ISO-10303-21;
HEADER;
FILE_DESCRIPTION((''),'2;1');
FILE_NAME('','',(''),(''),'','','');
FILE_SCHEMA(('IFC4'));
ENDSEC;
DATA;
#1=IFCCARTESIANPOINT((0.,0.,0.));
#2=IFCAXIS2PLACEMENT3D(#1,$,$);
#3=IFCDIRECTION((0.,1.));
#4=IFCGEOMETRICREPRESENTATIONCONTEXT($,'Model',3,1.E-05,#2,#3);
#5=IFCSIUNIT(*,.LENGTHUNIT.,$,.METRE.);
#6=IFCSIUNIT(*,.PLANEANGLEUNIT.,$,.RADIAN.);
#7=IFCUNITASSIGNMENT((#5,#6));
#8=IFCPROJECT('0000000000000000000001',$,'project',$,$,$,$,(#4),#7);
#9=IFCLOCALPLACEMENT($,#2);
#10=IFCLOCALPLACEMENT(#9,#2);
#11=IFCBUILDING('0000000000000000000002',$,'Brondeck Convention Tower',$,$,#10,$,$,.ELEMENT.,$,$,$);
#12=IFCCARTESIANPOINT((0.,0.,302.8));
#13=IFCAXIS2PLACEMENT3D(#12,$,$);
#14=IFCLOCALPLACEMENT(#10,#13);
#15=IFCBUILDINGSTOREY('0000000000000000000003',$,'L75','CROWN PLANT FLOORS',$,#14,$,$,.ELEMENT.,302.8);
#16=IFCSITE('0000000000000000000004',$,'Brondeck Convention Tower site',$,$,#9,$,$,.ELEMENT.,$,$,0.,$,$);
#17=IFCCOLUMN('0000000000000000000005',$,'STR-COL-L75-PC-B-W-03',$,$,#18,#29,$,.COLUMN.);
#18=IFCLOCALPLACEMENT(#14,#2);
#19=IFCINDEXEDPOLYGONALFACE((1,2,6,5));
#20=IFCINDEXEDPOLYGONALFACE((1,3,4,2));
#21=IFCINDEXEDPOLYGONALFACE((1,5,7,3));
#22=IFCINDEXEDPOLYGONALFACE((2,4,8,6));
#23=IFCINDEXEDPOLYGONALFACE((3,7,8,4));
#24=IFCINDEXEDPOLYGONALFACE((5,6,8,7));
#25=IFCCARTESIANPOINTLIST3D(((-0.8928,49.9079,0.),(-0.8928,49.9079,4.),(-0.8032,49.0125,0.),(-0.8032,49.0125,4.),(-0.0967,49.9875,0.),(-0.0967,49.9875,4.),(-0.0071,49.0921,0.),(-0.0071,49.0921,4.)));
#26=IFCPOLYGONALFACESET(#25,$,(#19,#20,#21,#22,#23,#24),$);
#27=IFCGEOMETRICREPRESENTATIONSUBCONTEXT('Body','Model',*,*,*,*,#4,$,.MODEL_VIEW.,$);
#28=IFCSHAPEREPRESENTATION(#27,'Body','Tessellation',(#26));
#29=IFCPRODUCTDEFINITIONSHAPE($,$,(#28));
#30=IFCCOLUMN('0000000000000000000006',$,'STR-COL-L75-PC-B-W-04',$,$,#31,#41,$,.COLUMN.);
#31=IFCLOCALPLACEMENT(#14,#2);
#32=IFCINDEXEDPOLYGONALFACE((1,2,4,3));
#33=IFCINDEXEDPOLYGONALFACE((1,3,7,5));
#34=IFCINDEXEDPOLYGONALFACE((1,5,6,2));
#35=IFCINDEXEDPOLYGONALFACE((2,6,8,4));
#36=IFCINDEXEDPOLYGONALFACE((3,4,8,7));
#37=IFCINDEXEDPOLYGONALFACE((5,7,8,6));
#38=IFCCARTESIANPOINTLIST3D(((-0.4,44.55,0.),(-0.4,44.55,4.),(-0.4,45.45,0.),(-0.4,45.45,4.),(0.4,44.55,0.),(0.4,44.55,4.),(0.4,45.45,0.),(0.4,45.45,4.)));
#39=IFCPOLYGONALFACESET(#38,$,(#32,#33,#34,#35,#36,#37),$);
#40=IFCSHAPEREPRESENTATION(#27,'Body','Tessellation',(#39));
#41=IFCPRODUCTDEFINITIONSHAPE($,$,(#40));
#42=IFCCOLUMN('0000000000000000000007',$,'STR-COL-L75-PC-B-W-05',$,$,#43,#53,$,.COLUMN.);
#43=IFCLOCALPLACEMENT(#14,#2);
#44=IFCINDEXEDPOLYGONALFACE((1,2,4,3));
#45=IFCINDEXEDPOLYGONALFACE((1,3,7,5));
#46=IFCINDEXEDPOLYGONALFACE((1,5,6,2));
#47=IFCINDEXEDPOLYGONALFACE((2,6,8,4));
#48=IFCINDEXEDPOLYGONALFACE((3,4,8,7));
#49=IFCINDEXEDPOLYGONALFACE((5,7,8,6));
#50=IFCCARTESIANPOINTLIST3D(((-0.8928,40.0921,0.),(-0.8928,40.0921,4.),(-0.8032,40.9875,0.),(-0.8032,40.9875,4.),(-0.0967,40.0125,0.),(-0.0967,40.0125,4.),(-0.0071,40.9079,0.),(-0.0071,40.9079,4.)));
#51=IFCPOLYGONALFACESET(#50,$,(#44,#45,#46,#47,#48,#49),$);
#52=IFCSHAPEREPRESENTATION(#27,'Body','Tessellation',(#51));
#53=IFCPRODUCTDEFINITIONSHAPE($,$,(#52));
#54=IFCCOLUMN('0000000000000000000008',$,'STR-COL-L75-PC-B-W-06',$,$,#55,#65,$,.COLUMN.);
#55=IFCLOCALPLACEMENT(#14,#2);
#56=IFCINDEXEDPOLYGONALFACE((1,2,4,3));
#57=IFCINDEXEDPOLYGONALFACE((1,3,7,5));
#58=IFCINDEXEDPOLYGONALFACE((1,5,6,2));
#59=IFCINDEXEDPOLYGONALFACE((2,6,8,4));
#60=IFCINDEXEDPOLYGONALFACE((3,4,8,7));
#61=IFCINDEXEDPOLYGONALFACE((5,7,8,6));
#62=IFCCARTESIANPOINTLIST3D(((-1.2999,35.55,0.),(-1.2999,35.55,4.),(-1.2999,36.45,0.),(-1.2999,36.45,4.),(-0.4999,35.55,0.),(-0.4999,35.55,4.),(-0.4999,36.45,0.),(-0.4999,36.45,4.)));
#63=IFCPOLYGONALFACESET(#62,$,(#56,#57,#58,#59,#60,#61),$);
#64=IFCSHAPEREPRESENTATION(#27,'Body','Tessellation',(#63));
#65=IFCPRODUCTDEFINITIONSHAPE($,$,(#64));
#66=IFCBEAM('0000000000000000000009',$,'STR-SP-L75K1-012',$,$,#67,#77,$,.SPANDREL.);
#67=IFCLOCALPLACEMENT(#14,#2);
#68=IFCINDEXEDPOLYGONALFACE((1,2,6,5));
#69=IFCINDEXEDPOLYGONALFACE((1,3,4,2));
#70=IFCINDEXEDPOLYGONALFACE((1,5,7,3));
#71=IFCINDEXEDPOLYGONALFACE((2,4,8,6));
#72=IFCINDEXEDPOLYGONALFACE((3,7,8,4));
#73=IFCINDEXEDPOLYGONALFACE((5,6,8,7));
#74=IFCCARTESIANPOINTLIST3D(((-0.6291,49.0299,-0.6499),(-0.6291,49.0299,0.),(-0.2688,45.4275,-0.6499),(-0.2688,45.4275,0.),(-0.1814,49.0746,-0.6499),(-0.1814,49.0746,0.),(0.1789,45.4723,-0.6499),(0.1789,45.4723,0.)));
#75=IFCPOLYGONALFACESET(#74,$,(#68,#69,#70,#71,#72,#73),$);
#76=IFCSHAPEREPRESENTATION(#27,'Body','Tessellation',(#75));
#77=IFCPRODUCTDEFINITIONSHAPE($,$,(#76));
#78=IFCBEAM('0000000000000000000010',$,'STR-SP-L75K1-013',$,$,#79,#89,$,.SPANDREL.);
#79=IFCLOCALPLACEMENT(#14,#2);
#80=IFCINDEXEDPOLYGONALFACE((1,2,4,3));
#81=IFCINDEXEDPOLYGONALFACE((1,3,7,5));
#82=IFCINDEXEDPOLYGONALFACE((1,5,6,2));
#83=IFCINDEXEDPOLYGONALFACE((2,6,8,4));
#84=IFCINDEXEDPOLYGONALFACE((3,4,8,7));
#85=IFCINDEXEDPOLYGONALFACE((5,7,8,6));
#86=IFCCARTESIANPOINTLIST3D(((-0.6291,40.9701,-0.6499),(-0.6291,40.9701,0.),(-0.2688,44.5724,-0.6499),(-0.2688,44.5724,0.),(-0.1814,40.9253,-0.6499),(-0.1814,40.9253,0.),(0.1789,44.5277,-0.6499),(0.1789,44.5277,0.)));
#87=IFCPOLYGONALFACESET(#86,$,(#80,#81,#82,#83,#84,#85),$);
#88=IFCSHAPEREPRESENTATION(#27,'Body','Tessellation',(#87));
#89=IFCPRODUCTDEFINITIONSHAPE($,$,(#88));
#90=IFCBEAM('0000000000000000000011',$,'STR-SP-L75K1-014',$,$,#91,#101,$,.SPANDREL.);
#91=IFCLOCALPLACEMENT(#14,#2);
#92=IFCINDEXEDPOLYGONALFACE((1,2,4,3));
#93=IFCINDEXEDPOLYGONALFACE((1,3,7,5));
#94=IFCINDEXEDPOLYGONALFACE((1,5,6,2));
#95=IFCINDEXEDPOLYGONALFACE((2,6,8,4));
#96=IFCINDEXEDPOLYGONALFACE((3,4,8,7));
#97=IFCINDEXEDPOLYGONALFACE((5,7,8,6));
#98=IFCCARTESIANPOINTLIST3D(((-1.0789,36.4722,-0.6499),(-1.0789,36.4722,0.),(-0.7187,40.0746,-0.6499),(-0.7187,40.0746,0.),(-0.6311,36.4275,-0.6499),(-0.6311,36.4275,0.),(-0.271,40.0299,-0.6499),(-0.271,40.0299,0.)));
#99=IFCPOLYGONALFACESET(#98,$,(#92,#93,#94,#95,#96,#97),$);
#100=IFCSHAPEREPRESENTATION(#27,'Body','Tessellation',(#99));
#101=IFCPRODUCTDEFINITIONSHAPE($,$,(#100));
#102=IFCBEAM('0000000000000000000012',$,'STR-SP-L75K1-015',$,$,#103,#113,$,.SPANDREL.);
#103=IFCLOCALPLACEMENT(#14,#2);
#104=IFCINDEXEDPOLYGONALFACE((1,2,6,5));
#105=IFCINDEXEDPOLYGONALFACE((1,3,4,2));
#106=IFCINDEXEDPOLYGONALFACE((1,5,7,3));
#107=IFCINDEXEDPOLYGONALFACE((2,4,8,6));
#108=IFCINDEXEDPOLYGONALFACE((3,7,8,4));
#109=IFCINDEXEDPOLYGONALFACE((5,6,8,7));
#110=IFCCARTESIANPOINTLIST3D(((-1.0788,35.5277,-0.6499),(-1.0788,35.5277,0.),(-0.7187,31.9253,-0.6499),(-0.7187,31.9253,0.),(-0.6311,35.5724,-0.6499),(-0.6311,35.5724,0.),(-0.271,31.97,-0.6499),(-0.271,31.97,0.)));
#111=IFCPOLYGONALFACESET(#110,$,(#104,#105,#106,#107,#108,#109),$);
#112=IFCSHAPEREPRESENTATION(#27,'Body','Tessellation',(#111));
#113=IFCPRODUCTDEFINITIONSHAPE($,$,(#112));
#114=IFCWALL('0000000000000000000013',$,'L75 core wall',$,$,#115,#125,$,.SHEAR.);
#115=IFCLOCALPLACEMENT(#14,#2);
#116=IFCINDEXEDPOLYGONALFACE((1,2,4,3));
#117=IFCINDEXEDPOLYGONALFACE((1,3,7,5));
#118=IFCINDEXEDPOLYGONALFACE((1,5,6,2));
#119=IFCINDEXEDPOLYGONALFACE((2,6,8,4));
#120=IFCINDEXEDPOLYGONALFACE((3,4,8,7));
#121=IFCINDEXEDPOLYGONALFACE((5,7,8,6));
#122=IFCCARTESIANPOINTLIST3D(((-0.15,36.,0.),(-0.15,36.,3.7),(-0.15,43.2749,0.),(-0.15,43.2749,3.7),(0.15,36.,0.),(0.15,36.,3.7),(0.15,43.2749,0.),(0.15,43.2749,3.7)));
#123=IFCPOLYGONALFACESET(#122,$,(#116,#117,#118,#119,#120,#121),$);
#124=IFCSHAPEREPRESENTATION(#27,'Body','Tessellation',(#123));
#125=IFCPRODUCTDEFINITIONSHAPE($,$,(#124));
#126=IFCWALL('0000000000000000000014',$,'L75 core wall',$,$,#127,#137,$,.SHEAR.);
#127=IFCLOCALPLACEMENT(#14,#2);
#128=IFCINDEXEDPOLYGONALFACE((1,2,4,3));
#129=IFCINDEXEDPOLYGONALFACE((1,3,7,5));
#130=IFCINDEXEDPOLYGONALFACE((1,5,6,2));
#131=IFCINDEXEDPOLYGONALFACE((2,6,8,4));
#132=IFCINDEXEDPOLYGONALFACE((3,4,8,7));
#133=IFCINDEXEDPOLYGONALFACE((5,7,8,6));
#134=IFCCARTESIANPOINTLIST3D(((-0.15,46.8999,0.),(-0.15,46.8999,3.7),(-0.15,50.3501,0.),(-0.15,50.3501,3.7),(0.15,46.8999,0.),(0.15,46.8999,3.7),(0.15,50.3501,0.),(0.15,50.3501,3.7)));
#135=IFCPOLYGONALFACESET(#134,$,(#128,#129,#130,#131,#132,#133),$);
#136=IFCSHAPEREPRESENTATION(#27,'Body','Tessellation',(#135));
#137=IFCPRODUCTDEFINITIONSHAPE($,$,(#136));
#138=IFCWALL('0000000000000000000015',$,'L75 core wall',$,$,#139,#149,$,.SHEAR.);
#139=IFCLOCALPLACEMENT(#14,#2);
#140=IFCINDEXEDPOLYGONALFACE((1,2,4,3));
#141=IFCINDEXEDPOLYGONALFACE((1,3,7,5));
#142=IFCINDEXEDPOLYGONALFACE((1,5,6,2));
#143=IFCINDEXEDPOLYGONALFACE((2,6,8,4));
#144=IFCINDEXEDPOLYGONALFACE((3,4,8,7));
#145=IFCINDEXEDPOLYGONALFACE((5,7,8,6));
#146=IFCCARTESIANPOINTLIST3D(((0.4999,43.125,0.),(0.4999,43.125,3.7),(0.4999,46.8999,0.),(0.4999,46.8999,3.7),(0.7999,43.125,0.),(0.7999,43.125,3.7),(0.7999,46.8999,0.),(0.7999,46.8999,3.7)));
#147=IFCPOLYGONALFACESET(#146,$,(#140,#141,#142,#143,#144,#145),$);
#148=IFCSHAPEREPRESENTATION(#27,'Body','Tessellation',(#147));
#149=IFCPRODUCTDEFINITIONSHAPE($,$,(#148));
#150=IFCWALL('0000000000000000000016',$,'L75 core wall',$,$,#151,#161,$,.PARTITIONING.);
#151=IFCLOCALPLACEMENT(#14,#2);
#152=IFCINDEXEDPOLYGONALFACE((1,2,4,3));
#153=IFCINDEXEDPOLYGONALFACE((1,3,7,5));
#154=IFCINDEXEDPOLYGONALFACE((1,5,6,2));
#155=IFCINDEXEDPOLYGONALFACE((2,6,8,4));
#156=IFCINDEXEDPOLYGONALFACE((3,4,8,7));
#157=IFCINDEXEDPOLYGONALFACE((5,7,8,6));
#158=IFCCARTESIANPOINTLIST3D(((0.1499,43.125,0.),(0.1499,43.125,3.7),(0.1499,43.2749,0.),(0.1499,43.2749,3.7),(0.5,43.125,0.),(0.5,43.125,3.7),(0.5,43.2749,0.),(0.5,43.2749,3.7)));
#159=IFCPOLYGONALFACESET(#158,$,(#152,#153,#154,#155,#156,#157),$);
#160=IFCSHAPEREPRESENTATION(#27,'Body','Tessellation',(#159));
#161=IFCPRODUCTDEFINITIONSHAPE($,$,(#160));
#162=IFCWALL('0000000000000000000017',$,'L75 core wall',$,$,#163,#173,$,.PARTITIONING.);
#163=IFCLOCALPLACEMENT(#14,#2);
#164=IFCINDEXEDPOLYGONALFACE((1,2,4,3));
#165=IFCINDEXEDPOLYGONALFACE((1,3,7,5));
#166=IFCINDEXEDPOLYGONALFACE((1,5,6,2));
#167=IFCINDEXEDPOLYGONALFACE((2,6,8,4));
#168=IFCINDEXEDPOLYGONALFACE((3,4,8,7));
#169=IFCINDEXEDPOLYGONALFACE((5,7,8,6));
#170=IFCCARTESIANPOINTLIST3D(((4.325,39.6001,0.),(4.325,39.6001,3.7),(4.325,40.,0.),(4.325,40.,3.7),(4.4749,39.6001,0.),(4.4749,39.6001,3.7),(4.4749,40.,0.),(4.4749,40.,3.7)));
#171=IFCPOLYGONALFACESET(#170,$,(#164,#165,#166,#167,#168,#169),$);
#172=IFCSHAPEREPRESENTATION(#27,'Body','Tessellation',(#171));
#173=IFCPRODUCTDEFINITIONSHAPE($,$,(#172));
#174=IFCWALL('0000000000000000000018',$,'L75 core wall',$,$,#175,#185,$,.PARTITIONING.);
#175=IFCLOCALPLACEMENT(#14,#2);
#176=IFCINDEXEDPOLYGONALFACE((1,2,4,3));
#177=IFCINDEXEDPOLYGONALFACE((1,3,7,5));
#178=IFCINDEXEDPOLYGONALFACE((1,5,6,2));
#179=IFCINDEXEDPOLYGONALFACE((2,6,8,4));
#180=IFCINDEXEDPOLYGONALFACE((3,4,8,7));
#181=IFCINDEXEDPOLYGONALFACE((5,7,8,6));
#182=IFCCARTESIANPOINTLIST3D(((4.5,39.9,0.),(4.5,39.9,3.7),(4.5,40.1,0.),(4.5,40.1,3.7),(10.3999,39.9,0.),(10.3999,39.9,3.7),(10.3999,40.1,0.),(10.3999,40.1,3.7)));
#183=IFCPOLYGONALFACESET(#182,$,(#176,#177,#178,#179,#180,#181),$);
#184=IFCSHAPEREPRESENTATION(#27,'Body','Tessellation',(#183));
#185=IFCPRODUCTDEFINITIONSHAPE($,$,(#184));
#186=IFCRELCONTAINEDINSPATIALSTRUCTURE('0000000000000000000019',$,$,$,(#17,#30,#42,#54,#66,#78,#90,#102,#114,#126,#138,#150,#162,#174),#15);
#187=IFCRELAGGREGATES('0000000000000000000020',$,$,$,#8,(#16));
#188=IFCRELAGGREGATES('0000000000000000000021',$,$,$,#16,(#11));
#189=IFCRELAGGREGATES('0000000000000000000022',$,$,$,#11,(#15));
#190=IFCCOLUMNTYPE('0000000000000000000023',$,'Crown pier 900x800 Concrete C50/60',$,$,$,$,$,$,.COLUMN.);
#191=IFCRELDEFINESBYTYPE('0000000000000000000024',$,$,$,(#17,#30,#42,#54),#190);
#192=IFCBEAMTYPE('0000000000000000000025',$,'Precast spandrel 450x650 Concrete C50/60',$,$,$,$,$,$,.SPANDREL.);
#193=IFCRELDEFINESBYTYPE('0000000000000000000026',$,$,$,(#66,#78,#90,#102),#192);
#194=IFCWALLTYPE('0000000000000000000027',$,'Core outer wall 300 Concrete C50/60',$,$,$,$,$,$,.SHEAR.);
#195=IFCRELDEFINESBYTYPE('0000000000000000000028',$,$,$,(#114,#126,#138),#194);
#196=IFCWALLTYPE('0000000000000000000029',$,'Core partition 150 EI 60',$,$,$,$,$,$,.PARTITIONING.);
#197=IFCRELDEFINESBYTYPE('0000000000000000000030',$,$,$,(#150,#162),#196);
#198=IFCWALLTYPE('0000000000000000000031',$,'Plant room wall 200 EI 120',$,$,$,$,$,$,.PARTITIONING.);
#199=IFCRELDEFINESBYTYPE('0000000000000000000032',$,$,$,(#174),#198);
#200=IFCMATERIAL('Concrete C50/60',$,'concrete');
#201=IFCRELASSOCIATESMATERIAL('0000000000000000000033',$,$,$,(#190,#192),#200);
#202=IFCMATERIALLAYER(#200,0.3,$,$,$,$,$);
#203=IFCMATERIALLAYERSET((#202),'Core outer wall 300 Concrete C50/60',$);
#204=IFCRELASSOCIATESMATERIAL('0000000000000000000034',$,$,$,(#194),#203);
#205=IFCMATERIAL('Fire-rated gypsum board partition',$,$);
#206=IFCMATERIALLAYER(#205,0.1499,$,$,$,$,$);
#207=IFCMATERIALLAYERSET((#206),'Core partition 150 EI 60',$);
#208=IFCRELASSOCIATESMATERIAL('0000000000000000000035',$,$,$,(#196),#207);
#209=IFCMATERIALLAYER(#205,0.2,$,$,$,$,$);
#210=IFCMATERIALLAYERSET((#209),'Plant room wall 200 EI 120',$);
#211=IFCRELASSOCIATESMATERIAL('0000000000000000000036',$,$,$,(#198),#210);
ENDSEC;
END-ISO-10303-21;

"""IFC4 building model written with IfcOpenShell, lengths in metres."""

from ifc_helpers import new_model, si_unit, direction, frame, frame_2d, origin, origin_2d, place, context, subcontext, project, spatial, rectangle, extrude, material, layer, layer_set, material_profile, profile_set, type_object, element, save


model = new_model("IFC4")

# Units and contexts
model_context = context("Model", 3, precision=1e-05, world=origin(), true_north=direction((0.0, 1.0)))
body_context = subcontext(model_context, "Body", "Model", "MODEL_VIEW")
ifc_project = project(units=[si_unit("LENGTHUNIT", "METRE"), si_unit("PLANEANGLEUNIT", "RADIAN")], contexts=[model_context])

# Site, building, storey
site_placement = place(None, origin())
site = spatial("IfcSite", under=ifc_project, at=site_placement, Name="Brondeck Convention Tower site", CompositionType="ELEMENT", RefElevation=0.0)
building_placement = place(site_placement, origin())
building = spatial("IfcBuilding", under=site, at=building_placement, Name="Brondeck Convention Tower", CompositionType="ELEMENT")
storey_placement = place(building_placement, frame((0.0, 0.0, 302.8)))
storey = spatial("IfcBuildingStorey", under=building, at=storey_placement, Name="L75", Description="CROWN PLANT FLOORS", CompositionType="ELEMENT", Elevation=302.8)

# Columns
ifc_material_1 = material(Name="Concrete C50/60", Category="concrete")
ifc_material_profile_1 = material_profile(ifc_material_1, rectangle(XDim=0.8999, YDim=0.8, at=origin_2d()), Name="Crown pier 900x800 Concrete C50/60")
ifc_profile_set_1 = profile_set([ifc_material_profile_1], Name="Concrete C50/60")
column_type = type_object("IfcColumnType", Name="Crown pier 900x800 Concrete C50/60", PredefinedType="COLUMN", material=ifc_profile_set_1)
for number, where, z_axis, x_axis, name in (
    (1, (-0.45, 49.5, 0.0), (0.0, 0.0, 1.0), (0.099504, -0.995037, 0.0), "STR-COL-L75-PC-B-W-03"),
    (2, (0.0, 45.0, 0.0), (0.0, 0.0, 1.0), (0.0, -1.0, 0.0), "STR-COL-L75-PC-B-W-04"),
    (3, (-0.45, 40.5, 0.0), (0.0, 0.0, 1.0), (-0.099504, -0.995037, 0.0), "STR-COL-L75-PC-B-W-05"),
    (4, (-0.8999, 36.0, 0.0), (0.0, 0.0, 1.0), (0.0, -1.0, 0.0), "STR-COL-L75-PC-B-W-06"),
):
    element("IfcColumn", number, at=place(storey_placement, frame(where, z_axis=z_axis, x_axis=x_axis)), inside=storey, type_object=column_type, Name=name, PredefinedType="COLUMN", context=body_context, shape_type="SweptSolid", body=[
        extrude(rectangle(XDim=0.8999, YDim=0.8, at=origin_2d()), origin(), (0.0, 0.0, 1.0), 4.0),
    ])

# Beams
ifc_material_profile_2 = material_profile(ifc_material_1, rectangle(XDim=0.45, YDim=0.6499, at=origin_2d()), Name="Precast spandrel 450x650 Concrete C50/60")
ifc_profile_set_2 = profile_set([ifc_material_profile_2], Name="Concrete C50/60")
beam_type = type_object("IfcBeamType", Name="Precast spandrel 450x650 Concrete C50/60", PredefinedType="SPANDREL", material=ifc_profile_set_2)
for number, where, z_axis, x_axis, name in (
    (5, (-0.4053, 49.0522, -0.325), (0.099537, -0.995034, 0.0), (0.995034, 0.099537, 0.0), "STR-SP-L75K1-012"),
    (6, (-0.0449, 44.55, -0.325), (-0.099537, -0.995034, 0.0), (0.995034, -0.099537, 0.0), "STR-SP-L75K1-013"),
    (7, (-0.4949, 40.0522, -0.325), (-0.09947, -0.995041, 0.0), (0.995041, -0.09947, 0.0), "STR-SP-L75K1-014"),
    (8, (-0.855, 35.55, -0.325), (0.09947, -0.995041, 0.0), (0.995041, 0.09947, 0.0), "STR-SP-L75K1-015"),
):
    element("IfcBeam", number, at=place(storey_placement, frame(where, z_axis=z_axis, x_axis=x_axis)), inside=storey, type_object=beam_type, Name=name, PredefinedType="SPANDREL", context=body_context, shape_type="SweptSolid", body=[
        extrude(rectangle(XDim=0.45, YDim=0.6499, at=origin_2d()), origin(), (0.0, 0.0, 1.0), 3.6204),
    ])

# Walls
ifc_layer_1 = layer(ifc_material_1, 0.3)
ifc_layer_set_1 = layer_set([ifc_layer_1], Name="Core outer wall 300 Concrete C50/60")
wall_type_1 = type_object("IfcWallType", Name="Core outer wall 300 Concrete C50/60", PredefinedType="SHEAR", material=ifc_layer_set_1)
wall_1_placement = place(storey_placement, frame((0.0, 36.0, 0.0), z_axis=(0.0, 0.0, 1.0), x_axis=(0.0, 1.0, 0.0)))
element("IfcWall", 9, at=wall_1_placement, inside=storey, type_object=wall_type_1, Name="L75 core wall", PredefinedType="SHEAR", context=body_context, shape_type="SweptSolid", body=[
    extrude(rectangle(XDim=7.2749, YDim=0.3, at=frame_2d((3.6375, 0.0))), origin(), (0.0, 0.0, 1.0), 3.7),
])
wall_2_placement = place(storey_placement, frame((0.0, 46.8999, 0.0), z_axis=(0.0, 0.0, 1.0), x_axis=(0.0, 1.0, 0.0)))
element("IfcWall", 10, at=wall_2_placement, inside=storey, type_object=wall_type_1, Name="L75 core wall", PredefinedType="SHEAR", context=body_context, shape_type="SweptSolid", body=[
    extrude(rectangle(XDim=3.4502, YDim=0.3, at=frame_2d((1.7251, 0.0))), origin(), (0.0, 0.0, 1.0), 3.7),
])
wall_3_placement = place(storey_placement, frame((0.6499, 43.125, 0.0), z_axis=(0.0, 0.0, 1.0), x_axis=(0.0, 1.0, 0.0)))
element("IfcWall", 11, at=wall_3_placement, inside=storey, type_object=wall_type_1, Name="L75 core wall", PredefinedType="SHEAR", context=body_context, shape_type="SweptSolid", body=[
    extrude(rectangle(XDim=3.7749, YDim=0.3, at=frame_2d((1.8875, 0.0))), origin(), (0.0, 0.0, 1.0), 3.7),
])
ifc_material_2 = material(Name="Fire-rated gypsum board partition")
ifc_layer_2 = layer(ifc_material_2, 0.1499)
ifc_layer_set_2 = layer_set([ifc_layer_2], Name="Core partition 150 EI 60")
wall_type_2 = type_object("IfcWallType", Name="Core partition 150 EI 60", PredefinedType="PARTITIONING", material=ifc_layer_set_2)
wall_4_placement = place(storey_placement, frame((0.1499, 43.2, 0.0), z_axis=(0.0, 0.0, 1.0), x_axis=(1.0, 0.0, 0.0)))
element("IfcWall", 12, at=wall_4_placement, inside=storey, type_object=wall_type_2, Name="L75 core wall", PredefinedType="PARTITIONING", context=body_context, shape_type="SweptSolid", body=[
    extrude(rectangle(XDim=0.3501, YDim=0.1499, at=frame_2d((0.175, 0.0))), origin(), (0.0, 0.0, 1.0), 3.7),
])
wall_5_placement = place(storey_placement, frame((4.3999, 39.6001, 0.0), z_axis=(0.0, 0.0, 1.0), x_axis=(0.0, 1.0, 0.0)))
element("IfcWall", 13, at=wall_5_placement, inside=storey, type_object=wall_type_2, Name="L75 core wall", PredefinedType="PARTITIONING", context=body_context, shape_type="SweptSolid", body=[
    extrude(rectangle(XDim=0.3999, YDim=0.1499, at=frame_2d((0.2, 0.0))), origin(), (0.0, 0.0, 1.0), 3.7),
])
ifc_layer_3 = layer(ifc_material_2, 0.2)
ifc_layer_set_3 = layer_set([ifc_layer_3], Name="Plant room wall 200 EI 120")
wall_type_3 = type_object("IfcWallType", Name="Plant room wall 200 EI 120", PredefinedType="PARTITIONING", material=ifc_layer_set_3)
wall_6_placement = place(storey_placement, frame((4.5, 40.0, 0.0), z_axis=(0.0, 0.0, 1.0), x_axis=(1.0, 0.0, 0.0)))
element("IfcWall", 14, at=wall_6_placement, inside=storey, type_object=wall_type_3, Name="L75 core wall", PredefinedType="PARTITIONING", context=body_context, shape_type="SweptSolid", body=[
    extrude(rectangle(XDim=5.8999, YDim=0.2, at=frame_2d((2.95, 0.0))), origin(), (0.0, 0.0, 1.0), 3.7),
])

save(model, "model.ifc")
